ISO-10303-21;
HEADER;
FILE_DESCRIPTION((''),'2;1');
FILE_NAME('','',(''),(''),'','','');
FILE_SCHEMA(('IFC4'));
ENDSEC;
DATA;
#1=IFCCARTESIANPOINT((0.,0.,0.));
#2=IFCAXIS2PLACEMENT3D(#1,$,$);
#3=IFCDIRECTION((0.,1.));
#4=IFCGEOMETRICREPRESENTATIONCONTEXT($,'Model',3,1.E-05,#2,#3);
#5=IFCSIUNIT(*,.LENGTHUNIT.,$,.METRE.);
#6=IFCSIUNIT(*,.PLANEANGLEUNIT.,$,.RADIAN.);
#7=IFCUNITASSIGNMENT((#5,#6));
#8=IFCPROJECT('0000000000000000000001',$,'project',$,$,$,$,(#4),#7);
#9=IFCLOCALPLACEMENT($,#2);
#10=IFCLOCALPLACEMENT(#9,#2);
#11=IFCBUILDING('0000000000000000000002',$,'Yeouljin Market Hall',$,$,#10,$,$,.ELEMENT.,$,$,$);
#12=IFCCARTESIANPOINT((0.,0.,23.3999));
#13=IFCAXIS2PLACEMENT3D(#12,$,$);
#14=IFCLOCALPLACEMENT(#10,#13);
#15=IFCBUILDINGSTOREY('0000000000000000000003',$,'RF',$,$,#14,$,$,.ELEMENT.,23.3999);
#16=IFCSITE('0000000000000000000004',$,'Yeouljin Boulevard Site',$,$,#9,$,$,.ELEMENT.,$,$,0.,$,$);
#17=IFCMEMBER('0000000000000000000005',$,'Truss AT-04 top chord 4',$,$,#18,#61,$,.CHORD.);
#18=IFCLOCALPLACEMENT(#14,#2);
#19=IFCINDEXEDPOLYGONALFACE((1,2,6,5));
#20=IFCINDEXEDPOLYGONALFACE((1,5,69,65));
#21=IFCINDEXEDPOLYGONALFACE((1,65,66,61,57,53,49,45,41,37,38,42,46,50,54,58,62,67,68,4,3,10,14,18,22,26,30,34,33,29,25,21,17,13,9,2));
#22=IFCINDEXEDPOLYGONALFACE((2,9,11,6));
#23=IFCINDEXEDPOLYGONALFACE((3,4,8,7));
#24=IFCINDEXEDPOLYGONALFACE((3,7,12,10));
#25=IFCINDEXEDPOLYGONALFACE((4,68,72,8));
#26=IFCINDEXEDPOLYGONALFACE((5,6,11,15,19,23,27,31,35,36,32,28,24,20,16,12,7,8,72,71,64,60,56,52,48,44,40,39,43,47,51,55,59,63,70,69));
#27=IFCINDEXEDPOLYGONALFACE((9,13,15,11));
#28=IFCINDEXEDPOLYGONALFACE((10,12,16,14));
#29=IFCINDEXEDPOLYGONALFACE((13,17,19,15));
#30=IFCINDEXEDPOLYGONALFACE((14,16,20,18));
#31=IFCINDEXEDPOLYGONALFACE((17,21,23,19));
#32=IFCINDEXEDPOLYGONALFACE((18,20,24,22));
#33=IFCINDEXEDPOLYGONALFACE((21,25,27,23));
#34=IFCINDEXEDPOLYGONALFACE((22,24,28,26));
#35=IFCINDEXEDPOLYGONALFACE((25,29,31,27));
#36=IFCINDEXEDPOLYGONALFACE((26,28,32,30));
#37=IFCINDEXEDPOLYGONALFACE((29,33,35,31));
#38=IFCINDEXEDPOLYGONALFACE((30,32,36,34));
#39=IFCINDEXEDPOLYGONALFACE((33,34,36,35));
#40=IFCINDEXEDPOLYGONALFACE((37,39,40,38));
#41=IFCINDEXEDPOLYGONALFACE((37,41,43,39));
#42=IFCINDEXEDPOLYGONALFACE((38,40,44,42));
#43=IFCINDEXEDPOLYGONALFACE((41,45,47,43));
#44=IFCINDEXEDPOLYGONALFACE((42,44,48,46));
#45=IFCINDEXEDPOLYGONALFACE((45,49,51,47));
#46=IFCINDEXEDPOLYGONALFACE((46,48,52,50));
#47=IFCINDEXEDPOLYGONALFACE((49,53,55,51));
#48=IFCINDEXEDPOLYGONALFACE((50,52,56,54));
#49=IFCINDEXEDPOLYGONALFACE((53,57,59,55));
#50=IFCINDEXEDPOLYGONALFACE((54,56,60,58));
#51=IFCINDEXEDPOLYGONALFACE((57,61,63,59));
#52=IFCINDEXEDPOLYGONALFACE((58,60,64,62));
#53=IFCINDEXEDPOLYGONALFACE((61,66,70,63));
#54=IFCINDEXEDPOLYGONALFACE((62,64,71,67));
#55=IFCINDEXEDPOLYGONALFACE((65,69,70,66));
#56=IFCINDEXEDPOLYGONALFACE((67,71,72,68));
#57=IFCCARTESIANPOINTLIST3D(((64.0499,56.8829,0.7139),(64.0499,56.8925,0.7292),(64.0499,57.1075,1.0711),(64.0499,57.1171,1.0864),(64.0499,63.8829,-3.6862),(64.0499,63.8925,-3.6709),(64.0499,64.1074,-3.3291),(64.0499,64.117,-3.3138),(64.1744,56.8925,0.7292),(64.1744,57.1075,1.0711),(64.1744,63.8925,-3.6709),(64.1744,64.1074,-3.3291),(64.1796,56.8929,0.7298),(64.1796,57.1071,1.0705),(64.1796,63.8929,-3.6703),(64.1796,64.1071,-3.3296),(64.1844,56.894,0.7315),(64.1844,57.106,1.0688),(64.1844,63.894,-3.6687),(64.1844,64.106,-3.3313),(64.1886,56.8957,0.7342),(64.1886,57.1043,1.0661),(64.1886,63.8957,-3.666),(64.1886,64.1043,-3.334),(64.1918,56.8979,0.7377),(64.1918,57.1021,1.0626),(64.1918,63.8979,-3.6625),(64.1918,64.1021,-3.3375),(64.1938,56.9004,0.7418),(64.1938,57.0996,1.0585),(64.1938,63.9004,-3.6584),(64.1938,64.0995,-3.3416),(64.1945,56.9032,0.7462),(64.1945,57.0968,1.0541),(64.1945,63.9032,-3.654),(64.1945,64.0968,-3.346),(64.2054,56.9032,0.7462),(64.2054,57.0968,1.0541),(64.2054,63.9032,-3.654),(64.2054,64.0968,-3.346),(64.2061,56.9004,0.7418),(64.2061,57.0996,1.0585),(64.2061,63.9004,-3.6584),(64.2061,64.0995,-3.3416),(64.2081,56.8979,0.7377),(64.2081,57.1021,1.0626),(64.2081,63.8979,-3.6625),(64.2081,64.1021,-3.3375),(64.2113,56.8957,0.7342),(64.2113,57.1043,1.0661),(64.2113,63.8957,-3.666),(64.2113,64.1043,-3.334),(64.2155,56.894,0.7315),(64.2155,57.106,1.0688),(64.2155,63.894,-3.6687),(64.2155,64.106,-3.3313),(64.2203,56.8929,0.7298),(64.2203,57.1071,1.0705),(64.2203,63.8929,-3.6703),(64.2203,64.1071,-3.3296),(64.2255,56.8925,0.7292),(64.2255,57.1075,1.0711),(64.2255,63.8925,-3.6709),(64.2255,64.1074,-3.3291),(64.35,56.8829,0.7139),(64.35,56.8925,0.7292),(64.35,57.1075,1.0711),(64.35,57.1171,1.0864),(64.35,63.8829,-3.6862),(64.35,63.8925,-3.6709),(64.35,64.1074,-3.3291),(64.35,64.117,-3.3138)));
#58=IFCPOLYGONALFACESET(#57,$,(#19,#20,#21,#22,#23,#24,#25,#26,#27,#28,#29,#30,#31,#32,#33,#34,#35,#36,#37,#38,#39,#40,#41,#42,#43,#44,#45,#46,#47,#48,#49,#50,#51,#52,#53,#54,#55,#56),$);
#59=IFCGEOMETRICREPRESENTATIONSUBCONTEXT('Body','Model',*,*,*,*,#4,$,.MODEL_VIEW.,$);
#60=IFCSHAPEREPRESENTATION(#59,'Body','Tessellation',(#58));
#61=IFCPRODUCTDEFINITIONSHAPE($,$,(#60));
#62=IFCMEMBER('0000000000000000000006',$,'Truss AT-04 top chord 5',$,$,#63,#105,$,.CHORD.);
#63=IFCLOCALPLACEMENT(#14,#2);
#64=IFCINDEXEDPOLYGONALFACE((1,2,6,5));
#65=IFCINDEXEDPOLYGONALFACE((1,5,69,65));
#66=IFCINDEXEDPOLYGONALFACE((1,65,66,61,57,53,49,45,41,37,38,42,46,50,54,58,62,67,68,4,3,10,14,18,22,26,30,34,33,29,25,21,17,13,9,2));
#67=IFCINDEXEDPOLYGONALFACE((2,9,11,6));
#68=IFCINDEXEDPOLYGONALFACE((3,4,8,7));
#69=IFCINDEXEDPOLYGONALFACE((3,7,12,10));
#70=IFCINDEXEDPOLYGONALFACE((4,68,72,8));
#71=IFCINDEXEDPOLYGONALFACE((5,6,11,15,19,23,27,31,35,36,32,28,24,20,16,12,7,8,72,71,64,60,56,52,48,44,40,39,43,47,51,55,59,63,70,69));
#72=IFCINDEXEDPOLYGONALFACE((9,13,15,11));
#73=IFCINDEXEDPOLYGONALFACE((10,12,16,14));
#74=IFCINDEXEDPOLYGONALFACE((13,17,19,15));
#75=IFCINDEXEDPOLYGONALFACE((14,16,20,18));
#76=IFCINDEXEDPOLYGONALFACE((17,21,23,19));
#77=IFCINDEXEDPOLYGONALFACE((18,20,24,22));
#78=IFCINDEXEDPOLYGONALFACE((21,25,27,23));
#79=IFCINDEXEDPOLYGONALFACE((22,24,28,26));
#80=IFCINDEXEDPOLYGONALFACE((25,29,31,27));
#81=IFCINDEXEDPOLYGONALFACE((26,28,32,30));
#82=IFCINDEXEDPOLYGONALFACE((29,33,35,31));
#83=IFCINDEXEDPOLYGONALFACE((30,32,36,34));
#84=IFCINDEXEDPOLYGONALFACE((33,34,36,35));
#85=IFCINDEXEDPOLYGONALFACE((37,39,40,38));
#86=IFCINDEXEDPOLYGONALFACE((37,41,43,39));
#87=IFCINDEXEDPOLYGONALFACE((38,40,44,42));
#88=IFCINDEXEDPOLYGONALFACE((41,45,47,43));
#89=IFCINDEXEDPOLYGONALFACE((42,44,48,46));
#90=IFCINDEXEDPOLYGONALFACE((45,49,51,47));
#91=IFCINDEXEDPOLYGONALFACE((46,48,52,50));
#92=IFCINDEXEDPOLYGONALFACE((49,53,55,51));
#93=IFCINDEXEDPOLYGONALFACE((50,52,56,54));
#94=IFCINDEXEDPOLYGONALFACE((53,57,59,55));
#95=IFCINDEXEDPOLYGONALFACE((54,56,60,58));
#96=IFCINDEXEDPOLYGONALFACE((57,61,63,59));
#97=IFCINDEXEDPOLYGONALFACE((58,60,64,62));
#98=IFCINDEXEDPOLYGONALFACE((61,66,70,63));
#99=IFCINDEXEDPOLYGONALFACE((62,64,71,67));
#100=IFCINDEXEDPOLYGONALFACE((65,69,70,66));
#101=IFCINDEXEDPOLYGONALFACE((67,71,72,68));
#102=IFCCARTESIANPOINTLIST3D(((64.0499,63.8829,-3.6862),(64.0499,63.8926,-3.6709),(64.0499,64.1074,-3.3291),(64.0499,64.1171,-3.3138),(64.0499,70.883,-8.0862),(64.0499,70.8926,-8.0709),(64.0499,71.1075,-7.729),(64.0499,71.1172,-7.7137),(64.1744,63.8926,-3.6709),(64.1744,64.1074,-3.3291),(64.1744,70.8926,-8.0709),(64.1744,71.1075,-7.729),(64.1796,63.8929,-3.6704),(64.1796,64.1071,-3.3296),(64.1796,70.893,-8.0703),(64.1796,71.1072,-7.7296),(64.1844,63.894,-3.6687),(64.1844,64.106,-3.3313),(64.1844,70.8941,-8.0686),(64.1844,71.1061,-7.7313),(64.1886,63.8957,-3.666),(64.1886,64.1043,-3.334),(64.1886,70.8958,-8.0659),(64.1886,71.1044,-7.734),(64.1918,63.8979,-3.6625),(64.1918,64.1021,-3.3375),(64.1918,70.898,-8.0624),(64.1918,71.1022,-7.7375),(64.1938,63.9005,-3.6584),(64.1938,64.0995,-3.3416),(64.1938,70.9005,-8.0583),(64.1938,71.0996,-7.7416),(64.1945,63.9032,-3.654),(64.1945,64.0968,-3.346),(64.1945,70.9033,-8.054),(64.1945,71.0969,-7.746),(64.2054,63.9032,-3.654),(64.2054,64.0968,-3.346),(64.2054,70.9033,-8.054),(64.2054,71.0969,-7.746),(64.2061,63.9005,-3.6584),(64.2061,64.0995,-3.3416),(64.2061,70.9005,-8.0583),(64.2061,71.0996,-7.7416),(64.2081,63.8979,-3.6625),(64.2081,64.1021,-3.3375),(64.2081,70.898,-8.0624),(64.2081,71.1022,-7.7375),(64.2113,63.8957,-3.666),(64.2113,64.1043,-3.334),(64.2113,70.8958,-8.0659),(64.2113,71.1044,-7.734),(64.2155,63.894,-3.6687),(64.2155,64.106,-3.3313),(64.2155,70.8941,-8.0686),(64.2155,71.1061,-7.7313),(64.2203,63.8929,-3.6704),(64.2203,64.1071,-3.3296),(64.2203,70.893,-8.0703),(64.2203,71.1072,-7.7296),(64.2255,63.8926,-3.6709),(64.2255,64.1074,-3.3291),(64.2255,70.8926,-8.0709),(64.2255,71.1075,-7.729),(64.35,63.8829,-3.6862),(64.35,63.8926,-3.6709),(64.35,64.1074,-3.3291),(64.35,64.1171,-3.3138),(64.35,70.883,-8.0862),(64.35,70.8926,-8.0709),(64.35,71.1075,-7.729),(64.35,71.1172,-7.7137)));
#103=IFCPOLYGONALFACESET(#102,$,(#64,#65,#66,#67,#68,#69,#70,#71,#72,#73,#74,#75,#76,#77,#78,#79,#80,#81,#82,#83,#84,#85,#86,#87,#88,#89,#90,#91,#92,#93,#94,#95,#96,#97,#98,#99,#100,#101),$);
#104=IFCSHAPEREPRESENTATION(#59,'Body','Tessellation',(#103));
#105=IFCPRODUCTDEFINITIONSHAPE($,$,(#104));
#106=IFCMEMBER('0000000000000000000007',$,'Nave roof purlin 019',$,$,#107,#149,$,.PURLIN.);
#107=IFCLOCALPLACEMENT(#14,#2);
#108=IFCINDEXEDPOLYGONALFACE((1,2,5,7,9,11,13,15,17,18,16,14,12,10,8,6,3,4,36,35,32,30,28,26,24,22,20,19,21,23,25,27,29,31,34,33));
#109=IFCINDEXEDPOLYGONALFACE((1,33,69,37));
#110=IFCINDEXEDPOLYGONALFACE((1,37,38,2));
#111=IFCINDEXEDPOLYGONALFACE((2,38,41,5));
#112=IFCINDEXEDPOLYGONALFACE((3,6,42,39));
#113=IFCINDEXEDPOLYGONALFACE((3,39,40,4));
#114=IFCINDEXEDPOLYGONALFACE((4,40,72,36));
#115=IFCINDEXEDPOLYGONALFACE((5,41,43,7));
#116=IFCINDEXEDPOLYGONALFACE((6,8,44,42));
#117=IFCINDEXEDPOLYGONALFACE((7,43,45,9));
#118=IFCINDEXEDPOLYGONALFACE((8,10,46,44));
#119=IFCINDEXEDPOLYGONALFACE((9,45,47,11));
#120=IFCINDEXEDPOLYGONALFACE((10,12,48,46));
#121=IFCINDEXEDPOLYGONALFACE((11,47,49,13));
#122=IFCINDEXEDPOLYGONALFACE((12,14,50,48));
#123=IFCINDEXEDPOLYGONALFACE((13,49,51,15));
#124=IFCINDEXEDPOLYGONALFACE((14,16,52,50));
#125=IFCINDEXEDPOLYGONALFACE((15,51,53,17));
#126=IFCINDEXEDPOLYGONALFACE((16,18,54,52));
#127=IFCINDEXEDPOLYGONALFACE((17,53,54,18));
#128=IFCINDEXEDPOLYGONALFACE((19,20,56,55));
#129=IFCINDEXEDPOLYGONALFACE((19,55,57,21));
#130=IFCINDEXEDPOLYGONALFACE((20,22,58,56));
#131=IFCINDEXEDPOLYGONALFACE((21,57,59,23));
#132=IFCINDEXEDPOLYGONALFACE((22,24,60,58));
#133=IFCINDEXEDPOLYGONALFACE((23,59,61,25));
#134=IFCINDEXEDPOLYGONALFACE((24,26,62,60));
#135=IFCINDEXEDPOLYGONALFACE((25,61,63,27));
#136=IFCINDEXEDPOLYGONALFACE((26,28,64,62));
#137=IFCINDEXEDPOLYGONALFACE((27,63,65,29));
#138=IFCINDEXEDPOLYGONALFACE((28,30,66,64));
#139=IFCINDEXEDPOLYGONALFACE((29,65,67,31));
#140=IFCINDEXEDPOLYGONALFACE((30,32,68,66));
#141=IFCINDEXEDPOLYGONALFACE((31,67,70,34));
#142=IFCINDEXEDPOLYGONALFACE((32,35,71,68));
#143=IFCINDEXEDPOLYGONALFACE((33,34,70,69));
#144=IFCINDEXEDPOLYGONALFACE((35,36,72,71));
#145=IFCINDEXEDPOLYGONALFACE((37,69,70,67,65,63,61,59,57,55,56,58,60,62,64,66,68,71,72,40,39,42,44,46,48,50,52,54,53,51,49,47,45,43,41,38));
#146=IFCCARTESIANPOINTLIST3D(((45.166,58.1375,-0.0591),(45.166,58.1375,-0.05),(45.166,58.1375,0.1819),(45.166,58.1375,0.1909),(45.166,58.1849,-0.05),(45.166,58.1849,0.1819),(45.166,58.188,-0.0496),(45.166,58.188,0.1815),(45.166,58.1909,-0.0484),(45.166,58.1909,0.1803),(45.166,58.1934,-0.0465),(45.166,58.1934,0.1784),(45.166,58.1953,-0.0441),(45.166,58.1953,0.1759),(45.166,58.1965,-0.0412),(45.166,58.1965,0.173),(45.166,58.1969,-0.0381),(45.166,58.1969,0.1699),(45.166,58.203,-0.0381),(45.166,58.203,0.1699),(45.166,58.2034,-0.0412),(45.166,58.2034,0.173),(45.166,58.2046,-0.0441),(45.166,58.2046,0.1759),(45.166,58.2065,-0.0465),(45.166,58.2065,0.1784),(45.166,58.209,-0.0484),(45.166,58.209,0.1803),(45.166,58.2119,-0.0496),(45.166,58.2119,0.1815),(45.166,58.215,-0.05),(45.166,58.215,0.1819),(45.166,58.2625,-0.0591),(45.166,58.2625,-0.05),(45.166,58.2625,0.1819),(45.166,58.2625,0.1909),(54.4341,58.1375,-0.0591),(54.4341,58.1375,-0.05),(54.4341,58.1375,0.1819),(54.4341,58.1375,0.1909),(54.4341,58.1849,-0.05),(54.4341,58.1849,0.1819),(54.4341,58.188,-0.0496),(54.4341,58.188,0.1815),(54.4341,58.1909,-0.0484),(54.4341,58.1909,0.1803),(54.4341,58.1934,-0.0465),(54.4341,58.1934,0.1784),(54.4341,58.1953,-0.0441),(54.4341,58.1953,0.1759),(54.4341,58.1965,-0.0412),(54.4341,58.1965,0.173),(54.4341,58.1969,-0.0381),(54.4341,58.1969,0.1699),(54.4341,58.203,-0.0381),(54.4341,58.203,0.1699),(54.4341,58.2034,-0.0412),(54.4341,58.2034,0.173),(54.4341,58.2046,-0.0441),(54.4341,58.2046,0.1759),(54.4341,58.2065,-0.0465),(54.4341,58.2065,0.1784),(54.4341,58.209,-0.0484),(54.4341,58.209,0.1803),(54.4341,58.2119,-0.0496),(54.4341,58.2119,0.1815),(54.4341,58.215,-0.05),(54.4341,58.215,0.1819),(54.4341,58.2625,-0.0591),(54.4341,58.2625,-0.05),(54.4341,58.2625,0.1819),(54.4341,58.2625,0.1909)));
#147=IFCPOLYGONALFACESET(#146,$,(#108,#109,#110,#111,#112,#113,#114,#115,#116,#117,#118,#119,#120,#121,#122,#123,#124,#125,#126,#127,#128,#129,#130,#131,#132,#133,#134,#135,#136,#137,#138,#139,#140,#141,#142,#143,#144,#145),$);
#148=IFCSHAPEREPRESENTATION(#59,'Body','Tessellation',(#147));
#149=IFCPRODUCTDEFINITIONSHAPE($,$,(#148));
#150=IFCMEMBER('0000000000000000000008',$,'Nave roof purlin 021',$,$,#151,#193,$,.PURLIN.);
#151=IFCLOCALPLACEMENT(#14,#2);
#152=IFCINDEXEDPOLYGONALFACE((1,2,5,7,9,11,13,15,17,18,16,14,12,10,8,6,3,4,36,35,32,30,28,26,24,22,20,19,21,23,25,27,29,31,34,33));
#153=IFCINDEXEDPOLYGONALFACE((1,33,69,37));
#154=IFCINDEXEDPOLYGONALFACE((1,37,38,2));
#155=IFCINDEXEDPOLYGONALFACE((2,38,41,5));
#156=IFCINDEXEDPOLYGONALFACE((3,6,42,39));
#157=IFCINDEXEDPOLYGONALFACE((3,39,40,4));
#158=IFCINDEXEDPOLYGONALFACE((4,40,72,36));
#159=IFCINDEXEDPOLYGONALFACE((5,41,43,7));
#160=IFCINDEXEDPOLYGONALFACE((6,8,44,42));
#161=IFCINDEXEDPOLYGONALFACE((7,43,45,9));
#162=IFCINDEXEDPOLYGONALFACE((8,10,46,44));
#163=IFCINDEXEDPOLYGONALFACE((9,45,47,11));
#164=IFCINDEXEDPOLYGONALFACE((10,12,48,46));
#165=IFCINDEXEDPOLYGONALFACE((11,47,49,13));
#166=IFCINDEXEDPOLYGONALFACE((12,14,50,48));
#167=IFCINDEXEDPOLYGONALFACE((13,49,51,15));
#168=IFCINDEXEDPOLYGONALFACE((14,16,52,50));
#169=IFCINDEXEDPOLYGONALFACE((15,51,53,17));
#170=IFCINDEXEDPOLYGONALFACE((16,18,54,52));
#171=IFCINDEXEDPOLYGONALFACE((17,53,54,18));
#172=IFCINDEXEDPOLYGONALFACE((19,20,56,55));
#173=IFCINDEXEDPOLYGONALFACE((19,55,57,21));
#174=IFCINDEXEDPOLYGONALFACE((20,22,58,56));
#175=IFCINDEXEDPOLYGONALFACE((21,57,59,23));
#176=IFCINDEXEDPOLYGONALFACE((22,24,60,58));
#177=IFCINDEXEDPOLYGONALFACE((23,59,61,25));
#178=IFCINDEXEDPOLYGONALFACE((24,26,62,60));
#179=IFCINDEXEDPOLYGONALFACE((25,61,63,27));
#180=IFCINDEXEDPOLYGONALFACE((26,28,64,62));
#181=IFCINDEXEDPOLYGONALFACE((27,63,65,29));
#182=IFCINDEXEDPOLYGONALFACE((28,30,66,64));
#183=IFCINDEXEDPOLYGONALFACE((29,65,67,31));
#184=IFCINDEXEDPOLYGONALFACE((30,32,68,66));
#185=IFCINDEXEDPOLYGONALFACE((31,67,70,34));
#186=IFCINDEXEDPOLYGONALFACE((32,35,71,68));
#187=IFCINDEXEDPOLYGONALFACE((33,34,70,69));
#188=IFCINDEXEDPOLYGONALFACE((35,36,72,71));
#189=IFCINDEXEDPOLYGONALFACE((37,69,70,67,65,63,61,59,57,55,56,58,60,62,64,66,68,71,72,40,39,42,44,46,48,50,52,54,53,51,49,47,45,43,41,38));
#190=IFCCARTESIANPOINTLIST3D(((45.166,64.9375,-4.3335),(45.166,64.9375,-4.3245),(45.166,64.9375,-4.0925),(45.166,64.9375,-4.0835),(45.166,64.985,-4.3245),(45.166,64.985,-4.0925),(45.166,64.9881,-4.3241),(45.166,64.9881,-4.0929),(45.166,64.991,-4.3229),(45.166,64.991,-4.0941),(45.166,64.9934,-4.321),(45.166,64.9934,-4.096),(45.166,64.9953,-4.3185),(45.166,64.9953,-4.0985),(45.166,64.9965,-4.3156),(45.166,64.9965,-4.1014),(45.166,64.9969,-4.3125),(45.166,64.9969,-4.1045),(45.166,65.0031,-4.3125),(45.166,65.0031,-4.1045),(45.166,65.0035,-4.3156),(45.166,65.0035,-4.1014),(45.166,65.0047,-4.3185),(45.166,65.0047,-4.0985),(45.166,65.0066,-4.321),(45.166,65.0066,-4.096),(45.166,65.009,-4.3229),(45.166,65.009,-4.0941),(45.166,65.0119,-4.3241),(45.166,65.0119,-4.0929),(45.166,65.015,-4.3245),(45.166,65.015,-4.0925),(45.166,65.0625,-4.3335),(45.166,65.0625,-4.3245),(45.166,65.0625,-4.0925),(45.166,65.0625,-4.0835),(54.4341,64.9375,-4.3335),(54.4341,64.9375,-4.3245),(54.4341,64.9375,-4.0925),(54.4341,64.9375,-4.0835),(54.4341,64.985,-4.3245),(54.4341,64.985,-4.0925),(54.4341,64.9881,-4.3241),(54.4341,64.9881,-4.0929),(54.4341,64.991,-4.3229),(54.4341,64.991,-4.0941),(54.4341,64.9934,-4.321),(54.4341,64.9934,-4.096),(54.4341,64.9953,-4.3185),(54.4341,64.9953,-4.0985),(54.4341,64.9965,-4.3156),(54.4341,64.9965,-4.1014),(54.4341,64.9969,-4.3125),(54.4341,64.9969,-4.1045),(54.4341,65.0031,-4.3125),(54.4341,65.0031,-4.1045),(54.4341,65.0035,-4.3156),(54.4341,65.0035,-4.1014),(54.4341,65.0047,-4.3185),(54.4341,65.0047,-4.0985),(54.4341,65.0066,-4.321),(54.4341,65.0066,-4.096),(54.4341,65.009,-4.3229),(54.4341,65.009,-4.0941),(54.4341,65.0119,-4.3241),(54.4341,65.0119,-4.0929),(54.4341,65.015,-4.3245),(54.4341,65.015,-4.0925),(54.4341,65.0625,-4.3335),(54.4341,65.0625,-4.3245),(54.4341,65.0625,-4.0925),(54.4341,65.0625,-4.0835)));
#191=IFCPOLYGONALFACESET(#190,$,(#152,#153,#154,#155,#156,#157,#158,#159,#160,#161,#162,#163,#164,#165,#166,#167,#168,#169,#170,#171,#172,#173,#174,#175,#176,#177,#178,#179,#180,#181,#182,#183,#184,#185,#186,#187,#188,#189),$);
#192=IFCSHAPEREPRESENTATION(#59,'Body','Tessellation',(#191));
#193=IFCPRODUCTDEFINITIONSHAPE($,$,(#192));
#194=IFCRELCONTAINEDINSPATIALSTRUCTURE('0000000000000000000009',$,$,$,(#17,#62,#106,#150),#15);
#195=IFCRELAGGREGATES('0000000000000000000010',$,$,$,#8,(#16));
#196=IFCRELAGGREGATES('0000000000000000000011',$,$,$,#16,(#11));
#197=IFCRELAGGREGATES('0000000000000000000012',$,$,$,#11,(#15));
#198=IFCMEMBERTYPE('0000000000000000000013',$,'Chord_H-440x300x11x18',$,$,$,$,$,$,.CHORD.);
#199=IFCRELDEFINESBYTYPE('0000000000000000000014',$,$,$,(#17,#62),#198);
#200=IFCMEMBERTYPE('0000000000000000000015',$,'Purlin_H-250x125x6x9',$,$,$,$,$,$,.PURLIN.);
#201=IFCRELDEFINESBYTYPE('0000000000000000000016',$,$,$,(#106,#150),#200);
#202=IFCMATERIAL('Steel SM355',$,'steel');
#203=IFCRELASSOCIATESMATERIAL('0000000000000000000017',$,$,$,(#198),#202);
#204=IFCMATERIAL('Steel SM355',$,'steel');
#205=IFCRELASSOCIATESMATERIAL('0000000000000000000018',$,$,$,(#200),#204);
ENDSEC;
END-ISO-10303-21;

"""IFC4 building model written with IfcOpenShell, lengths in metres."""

from ifc_helpers import new_model, si_unit, direction, frame, origin, origin_2d, place, context, subcontext, project, spatial, i_section, extrude, material, material_profile, profile_set, type_object, element, save


model = new_model("IFC4")

# Units and contexts
model_context = context("Model", 3, precision=1e-05, world=origin(), true_north=direction((0.0, 1.0)))
body_context = subcontext(model_context, "Body", "Model", "MODEL_VIEW")
ifc_project = project(units=[si_unit("LENGTHUNIT", "METRE"), si_unit("PLANEANGLEUNIT", "RADIAN")], contexts=[model_context])

# Site, building, storey
site_placement = place(None, origin())
site = spatial("IfcSite", under=ifc_project, at=site_placement, Name="Yeouljin Boulevard Site", CompositionType="ELEMENT", RefElevation=0.0)
building_placement = place(site_placement, origin())
building = spatial("IfcBuilding", under=site, at=building_placement, Name="Yeouljin Market Hall", CompositionType="ELEMENT")
storey_placement = place(building_placement, frame((0.0, 0.0, 23.3999)))
storey = spatial("IfcBuildingStorey", under=building, at=storey_placement, Name="RF", CompositionType="ELEMENT", Elevation=23.3999)

# Members
ifc_material_1 = material(Name="Steel SM355", Category="steel")
ifc_material_profile_1 = material_profile(ifc_material_1, i_section(OverallWidth=0.3, OverallDepth=0.4399, WebThickness=0.011, FlangeThickness=0.0181, FilletRadius=0.02, at=origin_2d()), Name="H-440x300x11x18")
ifc_profile_set_1 = profile_set([ifc_material_profile_1], Name="Steel SM355")
member_type_1 = type_object("IfcMemberType", Name="Chord_H-440x300x11x18", PredefinedType="CHORD", material=ifc_profile_set_1)
for number, where, z_axis, x_axis, name in (
    (1, (64.2, 57.0, 0.9001), (0.0, 0.846629, -0.532184), (-1.0, 0.0, 0.0), "Truss AT-04 top chord 4"),
    (2, (64.2, 64.0, -3.5), (0.0, 0.846642, -0.532163), (-1.0, 0.0, 0.0), "Truss AT-04 top chord 5"),
):
    element("IfcMember", number, at=place(storey_placement, frame(where, z_axis=z_axis, x_axis=x_axis)), inside=storey, type_object=member_type_1, Name=name, PredefinedType="CHORD", context=body_context, shape_type="SweptSolid", body=[
        extrude(i_section(OverallWidth=0.3, OverallDepth=0.4399, WebThickness=0.011, FlangeThickness=0.0181, FilletRadius=0.02, at=origin_2d()), origin(), (0.0, 0.0, 1.0), 8.2681),
    ])
ifc_material_2 = material(Name="Steel SM355", Category="steel")
ifc_material_profile_2 = material_profile(ifc_material_2, i_section(OverallWidth=0.125, OverallDepth=0.25, WebThickness=0.0061, FlangeThickness=0.009, FilletRadius=0.012, at=origin_2d()), Name="H-250x125x6x9")
ifc_profile_set_2 = profile_set([ifc_material_profile_2], Name="Steel SM355")
member_type_2 = type_object("IfcMemberType", Name="Purlin_H-250x125x6x9", PredefinedType="PURLIN", material=ifc_profile_set_2)
for number, where, z_axis, x_axis, name in (
    (3, (45.166, 58.2, 0.0659), (1.0, 0.0, 0.0), (0.0, 1.0, 0.0), "Nave roof purlin 019"),
    (4, (45.166, 65.0, -4.2085), (1.0, 0.0, 0.0), (0.0, 1.0, 0.0), "Nave roof purlin 021"),
):
    element("IfcMember", number, at=place(storey_placement, frame(where, z_axis=z_axis, x_axis=x_axis)), inside=storey, type_object=member_type_2, Name=name, PredefinedType="PURLIN", context=body_context, shape_type="SweptSolid", body=[
        extrude(i_section(OverallWidth=0.125, OverallDepth=0.25, WebThickness=0.0061, FlangeThickness=0.009, FilletRadius=0.012, at=origin_2d()), origin(), (0.0, 0.0, 1.0), 9.2681),
    ])

save(model, "model.ifc")
